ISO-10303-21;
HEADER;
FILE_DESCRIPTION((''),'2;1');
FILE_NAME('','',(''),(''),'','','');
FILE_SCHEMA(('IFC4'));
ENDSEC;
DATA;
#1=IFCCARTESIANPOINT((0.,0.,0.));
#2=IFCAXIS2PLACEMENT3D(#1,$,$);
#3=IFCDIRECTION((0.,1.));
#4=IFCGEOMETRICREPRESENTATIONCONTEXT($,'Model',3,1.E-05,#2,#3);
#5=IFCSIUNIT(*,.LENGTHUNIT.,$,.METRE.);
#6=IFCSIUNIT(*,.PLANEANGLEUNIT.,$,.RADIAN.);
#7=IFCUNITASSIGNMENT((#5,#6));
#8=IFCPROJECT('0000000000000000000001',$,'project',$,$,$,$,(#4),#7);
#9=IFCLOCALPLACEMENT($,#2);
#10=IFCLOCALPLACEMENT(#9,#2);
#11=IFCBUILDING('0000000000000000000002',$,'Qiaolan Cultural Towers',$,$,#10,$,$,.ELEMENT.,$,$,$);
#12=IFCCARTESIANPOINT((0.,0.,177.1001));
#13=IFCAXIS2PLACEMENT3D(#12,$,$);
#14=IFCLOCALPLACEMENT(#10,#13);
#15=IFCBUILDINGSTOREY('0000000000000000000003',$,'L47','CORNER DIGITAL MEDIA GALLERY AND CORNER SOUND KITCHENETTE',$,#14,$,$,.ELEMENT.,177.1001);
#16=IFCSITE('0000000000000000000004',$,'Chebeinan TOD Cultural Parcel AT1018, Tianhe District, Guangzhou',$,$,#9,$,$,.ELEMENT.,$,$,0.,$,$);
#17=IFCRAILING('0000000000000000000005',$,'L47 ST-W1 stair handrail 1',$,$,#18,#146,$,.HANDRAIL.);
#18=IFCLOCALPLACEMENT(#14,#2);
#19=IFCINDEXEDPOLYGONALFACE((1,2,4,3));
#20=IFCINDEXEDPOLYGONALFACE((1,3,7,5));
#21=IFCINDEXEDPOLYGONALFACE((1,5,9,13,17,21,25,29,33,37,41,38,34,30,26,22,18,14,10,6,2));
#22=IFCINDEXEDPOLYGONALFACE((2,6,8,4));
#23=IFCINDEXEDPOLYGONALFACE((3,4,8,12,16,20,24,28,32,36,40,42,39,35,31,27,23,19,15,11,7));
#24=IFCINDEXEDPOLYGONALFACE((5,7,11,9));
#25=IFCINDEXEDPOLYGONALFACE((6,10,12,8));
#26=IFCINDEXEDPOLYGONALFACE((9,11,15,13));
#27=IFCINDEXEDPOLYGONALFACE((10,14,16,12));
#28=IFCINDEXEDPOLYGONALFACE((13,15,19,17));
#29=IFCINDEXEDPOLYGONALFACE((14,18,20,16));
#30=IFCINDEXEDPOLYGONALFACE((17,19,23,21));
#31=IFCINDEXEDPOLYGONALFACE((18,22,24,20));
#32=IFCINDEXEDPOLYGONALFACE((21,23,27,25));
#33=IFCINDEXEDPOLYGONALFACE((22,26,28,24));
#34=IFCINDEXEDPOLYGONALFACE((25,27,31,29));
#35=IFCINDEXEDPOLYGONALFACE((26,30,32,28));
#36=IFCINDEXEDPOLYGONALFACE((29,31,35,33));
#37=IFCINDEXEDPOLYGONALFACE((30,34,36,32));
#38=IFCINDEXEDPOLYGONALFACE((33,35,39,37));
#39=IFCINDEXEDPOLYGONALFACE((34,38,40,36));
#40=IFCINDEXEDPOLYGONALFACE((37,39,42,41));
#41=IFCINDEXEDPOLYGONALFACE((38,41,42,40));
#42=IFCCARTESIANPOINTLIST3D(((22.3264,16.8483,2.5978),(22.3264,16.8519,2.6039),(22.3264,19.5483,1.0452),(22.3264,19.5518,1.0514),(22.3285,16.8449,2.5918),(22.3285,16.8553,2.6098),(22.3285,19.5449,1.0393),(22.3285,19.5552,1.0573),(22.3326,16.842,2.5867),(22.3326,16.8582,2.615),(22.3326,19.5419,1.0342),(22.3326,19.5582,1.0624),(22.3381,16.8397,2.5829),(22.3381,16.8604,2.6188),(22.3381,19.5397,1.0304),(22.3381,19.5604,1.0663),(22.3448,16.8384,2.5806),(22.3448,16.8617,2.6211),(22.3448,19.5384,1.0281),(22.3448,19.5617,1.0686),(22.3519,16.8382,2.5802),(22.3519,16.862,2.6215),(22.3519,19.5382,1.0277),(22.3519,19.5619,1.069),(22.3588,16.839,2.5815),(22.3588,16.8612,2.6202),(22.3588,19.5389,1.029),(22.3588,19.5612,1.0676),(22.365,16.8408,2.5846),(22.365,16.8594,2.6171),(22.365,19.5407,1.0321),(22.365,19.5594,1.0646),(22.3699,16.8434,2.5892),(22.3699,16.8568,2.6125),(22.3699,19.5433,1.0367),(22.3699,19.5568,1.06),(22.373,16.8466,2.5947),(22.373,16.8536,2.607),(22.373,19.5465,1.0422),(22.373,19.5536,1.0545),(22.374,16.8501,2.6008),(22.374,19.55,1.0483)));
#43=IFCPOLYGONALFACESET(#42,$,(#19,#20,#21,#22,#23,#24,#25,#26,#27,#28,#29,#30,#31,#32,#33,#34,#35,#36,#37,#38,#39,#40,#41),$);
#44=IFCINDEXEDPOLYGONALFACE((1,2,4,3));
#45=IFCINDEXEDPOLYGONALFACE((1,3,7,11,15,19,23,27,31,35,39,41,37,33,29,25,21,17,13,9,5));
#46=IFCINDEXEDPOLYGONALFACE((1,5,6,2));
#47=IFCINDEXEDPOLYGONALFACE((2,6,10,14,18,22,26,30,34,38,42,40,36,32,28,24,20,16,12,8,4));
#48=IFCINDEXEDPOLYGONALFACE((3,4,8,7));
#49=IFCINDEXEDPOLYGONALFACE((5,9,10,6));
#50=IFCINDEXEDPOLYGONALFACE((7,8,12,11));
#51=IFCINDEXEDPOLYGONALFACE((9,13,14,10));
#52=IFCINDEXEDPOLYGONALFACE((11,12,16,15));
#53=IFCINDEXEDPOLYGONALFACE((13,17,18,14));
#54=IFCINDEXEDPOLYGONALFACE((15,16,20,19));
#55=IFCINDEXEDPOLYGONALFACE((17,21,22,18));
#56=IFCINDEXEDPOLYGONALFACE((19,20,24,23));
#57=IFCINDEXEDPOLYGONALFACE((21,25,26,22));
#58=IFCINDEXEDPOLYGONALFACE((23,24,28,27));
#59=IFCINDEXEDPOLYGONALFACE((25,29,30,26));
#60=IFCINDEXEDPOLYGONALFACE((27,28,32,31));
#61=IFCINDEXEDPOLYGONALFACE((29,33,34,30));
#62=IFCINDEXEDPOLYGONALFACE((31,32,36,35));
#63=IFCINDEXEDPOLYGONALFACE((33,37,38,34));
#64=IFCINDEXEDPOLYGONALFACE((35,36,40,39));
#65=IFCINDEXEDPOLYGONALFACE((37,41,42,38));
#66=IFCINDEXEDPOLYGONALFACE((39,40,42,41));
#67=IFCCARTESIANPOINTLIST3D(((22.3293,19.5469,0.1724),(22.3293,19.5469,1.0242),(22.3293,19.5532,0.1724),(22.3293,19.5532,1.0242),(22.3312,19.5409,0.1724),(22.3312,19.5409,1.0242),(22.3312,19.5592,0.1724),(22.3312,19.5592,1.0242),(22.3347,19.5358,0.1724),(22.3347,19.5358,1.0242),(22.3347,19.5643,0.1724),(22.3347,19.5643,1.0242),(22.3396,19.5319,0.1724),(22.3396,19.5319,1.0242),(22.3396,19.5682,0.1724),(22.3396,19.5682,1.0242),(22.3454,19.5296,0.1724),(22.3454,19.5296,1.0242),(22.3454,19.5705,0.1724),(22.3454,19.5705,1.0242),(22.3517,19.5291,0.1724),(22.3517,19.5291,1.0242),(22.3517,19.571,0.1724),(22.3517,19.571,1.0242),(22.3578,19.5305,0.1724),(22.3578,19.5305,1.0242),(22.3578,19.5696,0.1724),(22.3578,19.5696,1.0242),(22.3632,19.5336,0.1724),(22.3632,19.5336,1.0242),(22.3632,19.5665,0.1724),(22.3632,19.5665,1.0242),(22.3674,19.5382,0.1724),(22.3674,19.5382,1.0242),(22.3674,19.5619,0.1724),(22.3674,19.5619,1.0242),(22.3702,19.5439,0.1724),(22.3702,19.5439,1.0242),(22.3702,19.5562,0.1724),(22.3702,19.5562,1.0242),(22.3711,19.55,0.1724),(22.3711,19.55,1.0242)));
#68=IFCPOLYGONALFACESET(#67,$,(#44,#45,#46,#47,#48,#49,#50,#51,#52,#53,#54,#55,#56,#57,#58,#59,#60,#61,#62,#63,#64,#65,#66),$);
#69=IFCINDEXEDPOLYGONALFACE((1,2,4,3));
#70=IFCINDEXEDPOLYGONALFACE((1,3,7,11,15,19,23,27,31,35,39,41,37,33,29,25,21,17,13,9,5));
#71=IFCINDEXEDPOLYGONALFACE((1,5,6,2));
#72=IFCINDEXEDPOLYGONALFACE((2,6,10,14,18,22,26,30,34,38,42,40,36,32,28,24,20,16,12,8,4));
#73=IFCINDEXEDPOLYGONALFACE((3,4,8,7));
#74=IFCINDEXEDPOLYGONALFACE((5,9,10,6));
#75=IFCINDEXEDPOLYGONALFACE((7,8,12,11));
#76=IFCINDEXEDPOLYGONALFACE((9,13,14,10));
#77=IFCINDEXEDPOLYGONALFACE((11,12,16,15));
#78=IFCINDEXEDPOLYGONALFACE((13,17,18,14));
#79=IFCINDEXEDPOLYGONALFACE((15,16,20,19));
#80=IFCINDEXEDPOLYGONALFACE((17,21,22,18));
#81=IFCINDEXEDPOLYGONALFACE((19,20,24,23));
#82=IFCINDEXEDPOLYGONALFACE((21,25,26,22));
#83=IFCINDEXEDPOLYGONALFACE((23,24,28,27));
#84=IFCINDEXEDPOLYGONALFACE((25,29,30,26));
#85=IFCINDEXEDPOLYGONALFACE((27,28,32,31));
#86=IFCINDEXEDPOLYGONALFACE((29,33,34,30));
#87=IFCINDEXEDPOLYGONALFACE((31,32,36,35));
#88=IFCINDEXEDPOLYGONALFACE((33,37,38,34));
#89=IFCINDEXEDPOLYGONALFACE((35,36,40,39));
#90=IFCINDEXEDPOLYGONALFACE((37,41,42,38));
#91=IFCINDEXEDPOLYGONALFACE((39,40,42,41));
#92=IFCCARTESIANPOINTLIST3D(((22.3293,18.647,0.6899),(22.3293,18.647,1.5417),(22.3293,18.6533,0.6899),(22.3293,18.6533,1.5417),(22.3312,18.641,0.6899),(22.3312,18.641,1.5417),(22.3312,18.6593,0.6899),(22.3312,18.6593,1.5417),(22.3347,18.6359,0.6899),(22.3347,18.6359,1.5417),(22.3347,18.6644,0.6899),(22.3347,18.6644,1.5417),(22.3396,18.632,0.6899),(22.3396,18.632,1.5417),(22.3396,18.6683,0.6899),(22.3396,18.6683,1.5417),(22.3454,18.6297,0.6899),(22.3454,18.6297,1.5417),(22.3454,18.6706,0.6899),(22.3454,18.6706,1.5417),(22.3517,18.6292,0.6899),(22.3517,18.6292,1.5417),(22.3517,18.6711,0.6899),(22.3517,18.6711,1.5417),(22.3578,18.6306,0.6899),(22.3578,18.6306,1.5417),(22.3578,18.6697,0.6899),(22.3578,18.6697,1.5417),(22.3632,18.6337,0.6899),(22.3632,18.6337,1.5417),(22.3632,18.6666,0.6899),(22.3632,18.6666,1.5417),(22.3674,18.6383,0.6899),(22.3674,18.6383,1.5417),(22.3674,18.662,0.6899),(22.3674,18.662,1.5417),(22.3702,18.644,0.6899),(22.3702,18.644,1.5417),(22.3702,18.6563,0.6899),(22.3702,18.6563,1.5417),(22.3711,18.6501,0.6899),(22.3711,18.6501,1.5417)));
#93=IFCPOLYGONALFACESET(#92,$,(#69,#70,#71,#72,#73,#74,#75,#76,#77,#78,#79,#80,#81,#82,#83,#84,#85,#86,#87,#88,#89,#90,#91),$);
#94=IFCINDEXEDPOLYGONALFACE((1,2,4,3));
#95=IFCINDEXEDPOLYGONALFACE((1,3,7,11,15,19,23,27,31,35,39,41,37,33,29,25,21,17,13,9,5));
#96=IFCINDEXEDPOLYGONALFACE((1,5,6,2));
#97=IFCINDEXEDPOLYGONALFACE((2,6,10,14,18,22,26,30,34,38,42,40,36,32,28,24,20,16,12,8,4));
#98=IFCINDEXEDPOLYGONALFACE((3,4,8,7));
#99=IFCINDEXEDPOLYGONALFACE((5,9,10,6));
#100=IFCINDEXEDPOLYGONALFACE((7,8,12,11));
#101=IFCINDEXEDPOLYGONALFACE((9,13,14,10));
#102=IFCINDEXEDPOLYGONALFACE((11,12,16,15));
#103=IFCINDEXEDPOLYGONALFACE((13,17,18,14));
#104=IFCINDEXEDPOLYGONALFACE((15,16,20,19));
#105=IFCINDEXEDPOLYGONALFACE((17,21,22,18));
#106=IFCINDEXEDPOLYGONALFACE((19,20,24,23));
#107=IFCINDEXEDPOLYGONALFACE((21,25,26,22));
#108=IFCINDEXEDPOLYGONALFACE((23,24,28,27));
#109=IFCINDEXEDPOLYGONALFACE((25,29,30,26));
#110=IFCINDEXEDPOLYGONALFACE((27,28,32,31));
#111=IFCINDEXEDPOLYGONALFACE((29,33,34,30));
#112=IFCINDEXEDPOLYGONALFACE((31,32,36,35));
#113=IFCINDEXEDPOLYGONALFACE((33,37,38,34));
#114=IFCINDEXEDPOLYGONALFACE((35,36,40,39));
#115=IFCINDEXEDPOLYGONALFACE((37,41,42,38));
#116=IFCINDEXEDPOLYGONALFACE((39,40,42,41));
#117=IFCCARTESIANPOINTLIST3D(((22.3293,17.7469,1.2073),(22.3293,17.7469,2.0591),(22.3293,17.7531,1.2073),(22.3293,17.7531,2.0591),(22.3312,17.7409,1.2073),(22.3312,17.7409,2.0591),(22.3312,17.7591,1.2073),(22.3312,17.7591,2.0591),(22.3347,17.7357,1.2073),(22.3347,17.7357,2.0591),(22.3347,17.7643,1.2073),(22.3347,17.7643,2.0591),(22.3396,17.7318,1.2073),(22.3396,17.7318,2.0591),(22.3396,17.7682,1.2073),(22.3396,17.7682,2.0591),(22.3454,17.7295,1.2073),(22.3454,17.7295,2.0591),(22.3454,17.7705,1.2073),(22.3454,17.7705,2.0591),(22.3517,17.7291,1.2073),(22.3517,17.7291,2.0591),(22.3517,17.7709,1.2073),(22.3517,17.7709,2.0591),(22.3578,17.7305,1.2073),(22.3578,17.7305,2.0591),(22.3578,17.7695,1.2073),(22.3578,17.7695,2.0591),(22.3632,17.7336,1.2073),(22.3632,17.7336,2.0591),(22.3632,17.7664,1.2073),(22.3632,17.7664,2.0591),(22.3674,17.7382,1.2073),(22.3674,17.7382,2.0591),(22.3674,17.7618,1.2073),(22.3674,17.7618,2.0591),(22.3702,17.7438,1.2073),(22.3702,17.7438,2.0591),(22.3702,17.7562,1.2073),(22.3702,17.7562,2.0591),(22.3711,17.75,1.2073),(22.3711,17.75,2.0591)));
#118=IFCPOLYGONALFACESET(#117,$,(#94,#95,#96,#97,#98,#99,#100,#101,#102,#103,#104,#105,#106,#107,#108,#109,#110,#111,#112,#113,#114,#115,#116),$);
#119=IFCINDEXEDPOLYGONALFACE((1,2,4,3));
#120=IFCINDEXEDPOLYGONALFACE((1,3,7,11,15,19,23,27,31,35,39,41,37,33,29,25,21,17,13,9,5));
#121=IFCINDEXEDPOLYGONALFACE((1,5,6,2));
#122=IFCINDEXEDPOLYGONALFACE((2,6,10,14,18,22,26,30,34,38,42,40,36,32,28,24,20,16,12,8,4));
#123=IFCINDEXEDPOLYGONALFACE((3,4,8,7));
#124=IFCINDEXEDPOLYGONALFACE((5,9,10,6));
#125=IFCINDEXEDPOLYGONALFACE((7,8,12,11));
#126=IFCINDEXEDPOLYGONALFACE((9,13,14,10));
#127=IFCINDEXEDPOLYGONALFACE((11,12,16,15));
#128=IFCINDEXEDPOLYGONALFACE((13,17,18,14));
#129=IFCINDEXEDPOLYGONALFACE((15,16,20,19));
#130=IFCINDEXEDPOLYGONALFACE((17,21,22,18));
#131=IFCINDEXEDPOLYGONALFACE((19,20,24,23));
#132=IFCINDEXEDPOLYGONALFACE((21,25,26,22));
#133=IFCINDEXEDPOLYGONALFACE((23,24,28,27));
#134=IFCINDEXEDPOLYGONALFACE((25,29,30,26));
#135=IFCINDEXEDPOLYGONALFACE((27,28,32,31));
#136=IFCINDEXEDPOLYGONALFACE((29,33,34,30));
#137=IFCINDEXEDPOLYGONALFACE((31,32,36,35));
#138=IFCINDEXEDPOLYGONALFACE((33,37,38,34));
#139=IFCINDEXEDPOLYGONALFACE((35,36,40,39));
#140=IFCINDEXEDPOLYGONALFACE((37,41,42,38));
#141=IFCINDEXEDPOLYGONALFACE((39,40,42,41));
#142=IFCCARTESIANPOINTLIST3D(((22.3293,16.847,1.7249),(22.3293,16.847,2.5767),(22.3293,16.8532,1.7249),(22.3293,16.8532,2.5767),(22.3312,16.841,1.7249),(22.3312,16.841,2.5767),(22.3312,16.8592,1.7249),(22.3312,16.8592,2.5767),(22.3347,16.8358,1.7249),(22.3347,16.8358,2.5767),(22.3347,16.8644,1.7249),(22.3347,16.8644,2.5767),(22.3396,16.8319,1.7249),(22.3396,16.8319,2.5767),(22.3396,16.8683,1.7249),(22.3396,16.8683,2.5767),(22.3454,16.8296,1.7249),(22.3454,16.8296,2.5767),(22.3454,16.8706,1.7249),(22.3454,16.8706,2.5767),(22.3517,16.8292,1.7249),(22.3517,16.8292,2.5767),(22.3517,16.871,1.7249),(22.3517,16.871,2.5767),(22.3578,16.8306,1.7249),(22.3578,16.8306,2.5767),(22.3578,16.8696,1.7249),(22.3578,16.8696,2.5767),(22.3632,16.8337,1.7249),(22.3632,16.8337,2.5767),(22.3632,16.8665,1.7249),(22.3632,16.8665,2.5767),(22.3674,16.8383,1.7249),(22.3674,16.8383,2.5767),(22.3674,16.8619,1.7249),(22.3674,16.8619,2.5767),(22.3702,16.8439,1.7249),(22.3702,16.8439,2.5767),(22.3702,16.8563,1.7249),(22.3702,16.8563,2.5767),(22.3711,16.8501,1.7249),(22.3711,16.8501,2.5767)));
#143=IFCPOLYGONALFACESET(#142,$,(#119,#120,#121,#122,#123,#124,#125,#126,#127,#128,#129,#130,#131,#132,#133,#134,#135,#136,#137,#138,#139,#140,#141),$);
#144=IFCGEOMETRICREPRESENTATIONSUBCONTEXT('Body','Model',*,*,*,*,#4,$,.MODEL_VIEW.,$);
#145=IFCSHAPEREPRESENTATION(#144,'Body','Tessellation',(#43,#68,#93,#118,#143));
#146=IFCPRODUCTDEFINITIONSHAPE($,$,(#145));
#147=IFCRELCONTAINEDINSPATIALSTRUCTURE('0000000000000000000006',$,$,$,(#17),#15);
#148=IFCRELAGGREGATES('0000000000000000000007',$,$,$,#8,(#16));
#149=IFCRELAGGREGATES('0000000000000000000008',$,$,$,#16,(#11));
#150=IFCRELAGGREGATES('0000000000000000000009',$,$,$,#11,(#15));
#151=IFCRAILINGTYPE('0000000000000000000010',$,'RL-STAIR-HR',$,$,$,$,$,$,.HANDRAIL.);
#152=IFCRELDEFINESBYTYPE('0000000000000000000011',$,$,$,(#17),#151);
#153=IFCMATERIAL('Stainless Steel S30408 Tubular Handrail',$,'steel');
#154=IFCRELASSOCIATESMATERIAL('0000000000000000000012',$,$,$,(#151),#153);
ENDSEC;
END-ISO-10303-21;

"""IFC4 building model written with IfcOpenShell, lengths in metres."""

from ifc_helpers import new_model, si_unit, direction, frame, origin, origin_2d, place, context, subcontext, project, spatial, circle, extrude, material, type_object, element, save


model = new_model("IFC4")

# Units and contexts
model_context = context("Model", 3, precision=1e-05, world=origin(), true_north=direction((0.0, 1.0)))
body_context = subcontext(model_context, "Body", "Model", "MODEL_VIEW")
ifc_project = project(units=[si_unit("LENGTHUNIT", "METRE"), si_unit("PLANEANGLEUNIT", "RADIAN")], contexts=[model_context])

# Site, building, storey
site_placement = place(None, origin())
site = spatial("IfcSite", under=ifc_project, at=site_placement, Name="Chebeinan TOD Cultural Parcel AT1018, Tianhe District, Guangzhou", CompositionType="ELEMENT", RefElevation=0.0)
building_placement = place(site_placement, origin())
building = spatial("IfcBuilding", under=site, at=building_placement, Name="Qiaolan Cultural Towers", CompositionType="ELEMENT")
storey_placement = place(building_placement, frame((0.0, 0.0, 177.1001)))
storey = spatial("IfcBuildingStorey", under=building, at=storey_placement, Name="L47", Description="CORNER DIGITAL MEDIA GALLERY AND CORNER SOUND KITCHENETTE", CompositionType="ELEMENT", Elevation=177.1001)

# Railing
ifc_material_1 = material(Name="Stainless Steel S30408 Tubular Handrail", Category="steel")
railing_type_1 = type_object("IfcRailingType", Name="RL-STAIR-HR", PredefinedType="HANDRAIL", material=ifc_material_1)
railing_1_placement = place(storey_placement, frame((22.3501, 19.55, 0.1724)))
element("IfcRailing", 1, at=railing_1_placement, inside=storey, type_object=railing_type_1, Name="L47 ST-W1 stair handrail 1", PredefinedType="HANDRAIL", context=body_context, shape_type="SweptSolid", body=[
    extrude(circle(Radius=0.0239, at=origin_2d()), frame((0.0, 0.0, 0.876), z_axis=(0.0, -0.866904, 0.498476), x_axis=(1.0, 0.0, 0.0)), (0.0, 0.0, 1.0), 3.1145),
    extrude(circle(Radius=0.021, at=origin_2d()), origin(), (0.0, 0.0, 1.0), 0.8518),
    extrude(circle(Radius=0.021, at=origin_2d()), frame((0.0, -0.8999, 0.5176)), (0.0, 0.0, 1.0), 0.8518),
    extrude(circle(Radius=0.021, at=origin_2d()), frame((0.0, -1.8, 1.0349)), (0.0, 0.0, 1.0), 0.8518),
    extrude(circle(Radius=0.021, at=origin_2d()), frame((0.0, -2.7, 1.5525)), (0.0, 0.0, 1.0), 0.8518),
])

save(model, "model.ifc")
